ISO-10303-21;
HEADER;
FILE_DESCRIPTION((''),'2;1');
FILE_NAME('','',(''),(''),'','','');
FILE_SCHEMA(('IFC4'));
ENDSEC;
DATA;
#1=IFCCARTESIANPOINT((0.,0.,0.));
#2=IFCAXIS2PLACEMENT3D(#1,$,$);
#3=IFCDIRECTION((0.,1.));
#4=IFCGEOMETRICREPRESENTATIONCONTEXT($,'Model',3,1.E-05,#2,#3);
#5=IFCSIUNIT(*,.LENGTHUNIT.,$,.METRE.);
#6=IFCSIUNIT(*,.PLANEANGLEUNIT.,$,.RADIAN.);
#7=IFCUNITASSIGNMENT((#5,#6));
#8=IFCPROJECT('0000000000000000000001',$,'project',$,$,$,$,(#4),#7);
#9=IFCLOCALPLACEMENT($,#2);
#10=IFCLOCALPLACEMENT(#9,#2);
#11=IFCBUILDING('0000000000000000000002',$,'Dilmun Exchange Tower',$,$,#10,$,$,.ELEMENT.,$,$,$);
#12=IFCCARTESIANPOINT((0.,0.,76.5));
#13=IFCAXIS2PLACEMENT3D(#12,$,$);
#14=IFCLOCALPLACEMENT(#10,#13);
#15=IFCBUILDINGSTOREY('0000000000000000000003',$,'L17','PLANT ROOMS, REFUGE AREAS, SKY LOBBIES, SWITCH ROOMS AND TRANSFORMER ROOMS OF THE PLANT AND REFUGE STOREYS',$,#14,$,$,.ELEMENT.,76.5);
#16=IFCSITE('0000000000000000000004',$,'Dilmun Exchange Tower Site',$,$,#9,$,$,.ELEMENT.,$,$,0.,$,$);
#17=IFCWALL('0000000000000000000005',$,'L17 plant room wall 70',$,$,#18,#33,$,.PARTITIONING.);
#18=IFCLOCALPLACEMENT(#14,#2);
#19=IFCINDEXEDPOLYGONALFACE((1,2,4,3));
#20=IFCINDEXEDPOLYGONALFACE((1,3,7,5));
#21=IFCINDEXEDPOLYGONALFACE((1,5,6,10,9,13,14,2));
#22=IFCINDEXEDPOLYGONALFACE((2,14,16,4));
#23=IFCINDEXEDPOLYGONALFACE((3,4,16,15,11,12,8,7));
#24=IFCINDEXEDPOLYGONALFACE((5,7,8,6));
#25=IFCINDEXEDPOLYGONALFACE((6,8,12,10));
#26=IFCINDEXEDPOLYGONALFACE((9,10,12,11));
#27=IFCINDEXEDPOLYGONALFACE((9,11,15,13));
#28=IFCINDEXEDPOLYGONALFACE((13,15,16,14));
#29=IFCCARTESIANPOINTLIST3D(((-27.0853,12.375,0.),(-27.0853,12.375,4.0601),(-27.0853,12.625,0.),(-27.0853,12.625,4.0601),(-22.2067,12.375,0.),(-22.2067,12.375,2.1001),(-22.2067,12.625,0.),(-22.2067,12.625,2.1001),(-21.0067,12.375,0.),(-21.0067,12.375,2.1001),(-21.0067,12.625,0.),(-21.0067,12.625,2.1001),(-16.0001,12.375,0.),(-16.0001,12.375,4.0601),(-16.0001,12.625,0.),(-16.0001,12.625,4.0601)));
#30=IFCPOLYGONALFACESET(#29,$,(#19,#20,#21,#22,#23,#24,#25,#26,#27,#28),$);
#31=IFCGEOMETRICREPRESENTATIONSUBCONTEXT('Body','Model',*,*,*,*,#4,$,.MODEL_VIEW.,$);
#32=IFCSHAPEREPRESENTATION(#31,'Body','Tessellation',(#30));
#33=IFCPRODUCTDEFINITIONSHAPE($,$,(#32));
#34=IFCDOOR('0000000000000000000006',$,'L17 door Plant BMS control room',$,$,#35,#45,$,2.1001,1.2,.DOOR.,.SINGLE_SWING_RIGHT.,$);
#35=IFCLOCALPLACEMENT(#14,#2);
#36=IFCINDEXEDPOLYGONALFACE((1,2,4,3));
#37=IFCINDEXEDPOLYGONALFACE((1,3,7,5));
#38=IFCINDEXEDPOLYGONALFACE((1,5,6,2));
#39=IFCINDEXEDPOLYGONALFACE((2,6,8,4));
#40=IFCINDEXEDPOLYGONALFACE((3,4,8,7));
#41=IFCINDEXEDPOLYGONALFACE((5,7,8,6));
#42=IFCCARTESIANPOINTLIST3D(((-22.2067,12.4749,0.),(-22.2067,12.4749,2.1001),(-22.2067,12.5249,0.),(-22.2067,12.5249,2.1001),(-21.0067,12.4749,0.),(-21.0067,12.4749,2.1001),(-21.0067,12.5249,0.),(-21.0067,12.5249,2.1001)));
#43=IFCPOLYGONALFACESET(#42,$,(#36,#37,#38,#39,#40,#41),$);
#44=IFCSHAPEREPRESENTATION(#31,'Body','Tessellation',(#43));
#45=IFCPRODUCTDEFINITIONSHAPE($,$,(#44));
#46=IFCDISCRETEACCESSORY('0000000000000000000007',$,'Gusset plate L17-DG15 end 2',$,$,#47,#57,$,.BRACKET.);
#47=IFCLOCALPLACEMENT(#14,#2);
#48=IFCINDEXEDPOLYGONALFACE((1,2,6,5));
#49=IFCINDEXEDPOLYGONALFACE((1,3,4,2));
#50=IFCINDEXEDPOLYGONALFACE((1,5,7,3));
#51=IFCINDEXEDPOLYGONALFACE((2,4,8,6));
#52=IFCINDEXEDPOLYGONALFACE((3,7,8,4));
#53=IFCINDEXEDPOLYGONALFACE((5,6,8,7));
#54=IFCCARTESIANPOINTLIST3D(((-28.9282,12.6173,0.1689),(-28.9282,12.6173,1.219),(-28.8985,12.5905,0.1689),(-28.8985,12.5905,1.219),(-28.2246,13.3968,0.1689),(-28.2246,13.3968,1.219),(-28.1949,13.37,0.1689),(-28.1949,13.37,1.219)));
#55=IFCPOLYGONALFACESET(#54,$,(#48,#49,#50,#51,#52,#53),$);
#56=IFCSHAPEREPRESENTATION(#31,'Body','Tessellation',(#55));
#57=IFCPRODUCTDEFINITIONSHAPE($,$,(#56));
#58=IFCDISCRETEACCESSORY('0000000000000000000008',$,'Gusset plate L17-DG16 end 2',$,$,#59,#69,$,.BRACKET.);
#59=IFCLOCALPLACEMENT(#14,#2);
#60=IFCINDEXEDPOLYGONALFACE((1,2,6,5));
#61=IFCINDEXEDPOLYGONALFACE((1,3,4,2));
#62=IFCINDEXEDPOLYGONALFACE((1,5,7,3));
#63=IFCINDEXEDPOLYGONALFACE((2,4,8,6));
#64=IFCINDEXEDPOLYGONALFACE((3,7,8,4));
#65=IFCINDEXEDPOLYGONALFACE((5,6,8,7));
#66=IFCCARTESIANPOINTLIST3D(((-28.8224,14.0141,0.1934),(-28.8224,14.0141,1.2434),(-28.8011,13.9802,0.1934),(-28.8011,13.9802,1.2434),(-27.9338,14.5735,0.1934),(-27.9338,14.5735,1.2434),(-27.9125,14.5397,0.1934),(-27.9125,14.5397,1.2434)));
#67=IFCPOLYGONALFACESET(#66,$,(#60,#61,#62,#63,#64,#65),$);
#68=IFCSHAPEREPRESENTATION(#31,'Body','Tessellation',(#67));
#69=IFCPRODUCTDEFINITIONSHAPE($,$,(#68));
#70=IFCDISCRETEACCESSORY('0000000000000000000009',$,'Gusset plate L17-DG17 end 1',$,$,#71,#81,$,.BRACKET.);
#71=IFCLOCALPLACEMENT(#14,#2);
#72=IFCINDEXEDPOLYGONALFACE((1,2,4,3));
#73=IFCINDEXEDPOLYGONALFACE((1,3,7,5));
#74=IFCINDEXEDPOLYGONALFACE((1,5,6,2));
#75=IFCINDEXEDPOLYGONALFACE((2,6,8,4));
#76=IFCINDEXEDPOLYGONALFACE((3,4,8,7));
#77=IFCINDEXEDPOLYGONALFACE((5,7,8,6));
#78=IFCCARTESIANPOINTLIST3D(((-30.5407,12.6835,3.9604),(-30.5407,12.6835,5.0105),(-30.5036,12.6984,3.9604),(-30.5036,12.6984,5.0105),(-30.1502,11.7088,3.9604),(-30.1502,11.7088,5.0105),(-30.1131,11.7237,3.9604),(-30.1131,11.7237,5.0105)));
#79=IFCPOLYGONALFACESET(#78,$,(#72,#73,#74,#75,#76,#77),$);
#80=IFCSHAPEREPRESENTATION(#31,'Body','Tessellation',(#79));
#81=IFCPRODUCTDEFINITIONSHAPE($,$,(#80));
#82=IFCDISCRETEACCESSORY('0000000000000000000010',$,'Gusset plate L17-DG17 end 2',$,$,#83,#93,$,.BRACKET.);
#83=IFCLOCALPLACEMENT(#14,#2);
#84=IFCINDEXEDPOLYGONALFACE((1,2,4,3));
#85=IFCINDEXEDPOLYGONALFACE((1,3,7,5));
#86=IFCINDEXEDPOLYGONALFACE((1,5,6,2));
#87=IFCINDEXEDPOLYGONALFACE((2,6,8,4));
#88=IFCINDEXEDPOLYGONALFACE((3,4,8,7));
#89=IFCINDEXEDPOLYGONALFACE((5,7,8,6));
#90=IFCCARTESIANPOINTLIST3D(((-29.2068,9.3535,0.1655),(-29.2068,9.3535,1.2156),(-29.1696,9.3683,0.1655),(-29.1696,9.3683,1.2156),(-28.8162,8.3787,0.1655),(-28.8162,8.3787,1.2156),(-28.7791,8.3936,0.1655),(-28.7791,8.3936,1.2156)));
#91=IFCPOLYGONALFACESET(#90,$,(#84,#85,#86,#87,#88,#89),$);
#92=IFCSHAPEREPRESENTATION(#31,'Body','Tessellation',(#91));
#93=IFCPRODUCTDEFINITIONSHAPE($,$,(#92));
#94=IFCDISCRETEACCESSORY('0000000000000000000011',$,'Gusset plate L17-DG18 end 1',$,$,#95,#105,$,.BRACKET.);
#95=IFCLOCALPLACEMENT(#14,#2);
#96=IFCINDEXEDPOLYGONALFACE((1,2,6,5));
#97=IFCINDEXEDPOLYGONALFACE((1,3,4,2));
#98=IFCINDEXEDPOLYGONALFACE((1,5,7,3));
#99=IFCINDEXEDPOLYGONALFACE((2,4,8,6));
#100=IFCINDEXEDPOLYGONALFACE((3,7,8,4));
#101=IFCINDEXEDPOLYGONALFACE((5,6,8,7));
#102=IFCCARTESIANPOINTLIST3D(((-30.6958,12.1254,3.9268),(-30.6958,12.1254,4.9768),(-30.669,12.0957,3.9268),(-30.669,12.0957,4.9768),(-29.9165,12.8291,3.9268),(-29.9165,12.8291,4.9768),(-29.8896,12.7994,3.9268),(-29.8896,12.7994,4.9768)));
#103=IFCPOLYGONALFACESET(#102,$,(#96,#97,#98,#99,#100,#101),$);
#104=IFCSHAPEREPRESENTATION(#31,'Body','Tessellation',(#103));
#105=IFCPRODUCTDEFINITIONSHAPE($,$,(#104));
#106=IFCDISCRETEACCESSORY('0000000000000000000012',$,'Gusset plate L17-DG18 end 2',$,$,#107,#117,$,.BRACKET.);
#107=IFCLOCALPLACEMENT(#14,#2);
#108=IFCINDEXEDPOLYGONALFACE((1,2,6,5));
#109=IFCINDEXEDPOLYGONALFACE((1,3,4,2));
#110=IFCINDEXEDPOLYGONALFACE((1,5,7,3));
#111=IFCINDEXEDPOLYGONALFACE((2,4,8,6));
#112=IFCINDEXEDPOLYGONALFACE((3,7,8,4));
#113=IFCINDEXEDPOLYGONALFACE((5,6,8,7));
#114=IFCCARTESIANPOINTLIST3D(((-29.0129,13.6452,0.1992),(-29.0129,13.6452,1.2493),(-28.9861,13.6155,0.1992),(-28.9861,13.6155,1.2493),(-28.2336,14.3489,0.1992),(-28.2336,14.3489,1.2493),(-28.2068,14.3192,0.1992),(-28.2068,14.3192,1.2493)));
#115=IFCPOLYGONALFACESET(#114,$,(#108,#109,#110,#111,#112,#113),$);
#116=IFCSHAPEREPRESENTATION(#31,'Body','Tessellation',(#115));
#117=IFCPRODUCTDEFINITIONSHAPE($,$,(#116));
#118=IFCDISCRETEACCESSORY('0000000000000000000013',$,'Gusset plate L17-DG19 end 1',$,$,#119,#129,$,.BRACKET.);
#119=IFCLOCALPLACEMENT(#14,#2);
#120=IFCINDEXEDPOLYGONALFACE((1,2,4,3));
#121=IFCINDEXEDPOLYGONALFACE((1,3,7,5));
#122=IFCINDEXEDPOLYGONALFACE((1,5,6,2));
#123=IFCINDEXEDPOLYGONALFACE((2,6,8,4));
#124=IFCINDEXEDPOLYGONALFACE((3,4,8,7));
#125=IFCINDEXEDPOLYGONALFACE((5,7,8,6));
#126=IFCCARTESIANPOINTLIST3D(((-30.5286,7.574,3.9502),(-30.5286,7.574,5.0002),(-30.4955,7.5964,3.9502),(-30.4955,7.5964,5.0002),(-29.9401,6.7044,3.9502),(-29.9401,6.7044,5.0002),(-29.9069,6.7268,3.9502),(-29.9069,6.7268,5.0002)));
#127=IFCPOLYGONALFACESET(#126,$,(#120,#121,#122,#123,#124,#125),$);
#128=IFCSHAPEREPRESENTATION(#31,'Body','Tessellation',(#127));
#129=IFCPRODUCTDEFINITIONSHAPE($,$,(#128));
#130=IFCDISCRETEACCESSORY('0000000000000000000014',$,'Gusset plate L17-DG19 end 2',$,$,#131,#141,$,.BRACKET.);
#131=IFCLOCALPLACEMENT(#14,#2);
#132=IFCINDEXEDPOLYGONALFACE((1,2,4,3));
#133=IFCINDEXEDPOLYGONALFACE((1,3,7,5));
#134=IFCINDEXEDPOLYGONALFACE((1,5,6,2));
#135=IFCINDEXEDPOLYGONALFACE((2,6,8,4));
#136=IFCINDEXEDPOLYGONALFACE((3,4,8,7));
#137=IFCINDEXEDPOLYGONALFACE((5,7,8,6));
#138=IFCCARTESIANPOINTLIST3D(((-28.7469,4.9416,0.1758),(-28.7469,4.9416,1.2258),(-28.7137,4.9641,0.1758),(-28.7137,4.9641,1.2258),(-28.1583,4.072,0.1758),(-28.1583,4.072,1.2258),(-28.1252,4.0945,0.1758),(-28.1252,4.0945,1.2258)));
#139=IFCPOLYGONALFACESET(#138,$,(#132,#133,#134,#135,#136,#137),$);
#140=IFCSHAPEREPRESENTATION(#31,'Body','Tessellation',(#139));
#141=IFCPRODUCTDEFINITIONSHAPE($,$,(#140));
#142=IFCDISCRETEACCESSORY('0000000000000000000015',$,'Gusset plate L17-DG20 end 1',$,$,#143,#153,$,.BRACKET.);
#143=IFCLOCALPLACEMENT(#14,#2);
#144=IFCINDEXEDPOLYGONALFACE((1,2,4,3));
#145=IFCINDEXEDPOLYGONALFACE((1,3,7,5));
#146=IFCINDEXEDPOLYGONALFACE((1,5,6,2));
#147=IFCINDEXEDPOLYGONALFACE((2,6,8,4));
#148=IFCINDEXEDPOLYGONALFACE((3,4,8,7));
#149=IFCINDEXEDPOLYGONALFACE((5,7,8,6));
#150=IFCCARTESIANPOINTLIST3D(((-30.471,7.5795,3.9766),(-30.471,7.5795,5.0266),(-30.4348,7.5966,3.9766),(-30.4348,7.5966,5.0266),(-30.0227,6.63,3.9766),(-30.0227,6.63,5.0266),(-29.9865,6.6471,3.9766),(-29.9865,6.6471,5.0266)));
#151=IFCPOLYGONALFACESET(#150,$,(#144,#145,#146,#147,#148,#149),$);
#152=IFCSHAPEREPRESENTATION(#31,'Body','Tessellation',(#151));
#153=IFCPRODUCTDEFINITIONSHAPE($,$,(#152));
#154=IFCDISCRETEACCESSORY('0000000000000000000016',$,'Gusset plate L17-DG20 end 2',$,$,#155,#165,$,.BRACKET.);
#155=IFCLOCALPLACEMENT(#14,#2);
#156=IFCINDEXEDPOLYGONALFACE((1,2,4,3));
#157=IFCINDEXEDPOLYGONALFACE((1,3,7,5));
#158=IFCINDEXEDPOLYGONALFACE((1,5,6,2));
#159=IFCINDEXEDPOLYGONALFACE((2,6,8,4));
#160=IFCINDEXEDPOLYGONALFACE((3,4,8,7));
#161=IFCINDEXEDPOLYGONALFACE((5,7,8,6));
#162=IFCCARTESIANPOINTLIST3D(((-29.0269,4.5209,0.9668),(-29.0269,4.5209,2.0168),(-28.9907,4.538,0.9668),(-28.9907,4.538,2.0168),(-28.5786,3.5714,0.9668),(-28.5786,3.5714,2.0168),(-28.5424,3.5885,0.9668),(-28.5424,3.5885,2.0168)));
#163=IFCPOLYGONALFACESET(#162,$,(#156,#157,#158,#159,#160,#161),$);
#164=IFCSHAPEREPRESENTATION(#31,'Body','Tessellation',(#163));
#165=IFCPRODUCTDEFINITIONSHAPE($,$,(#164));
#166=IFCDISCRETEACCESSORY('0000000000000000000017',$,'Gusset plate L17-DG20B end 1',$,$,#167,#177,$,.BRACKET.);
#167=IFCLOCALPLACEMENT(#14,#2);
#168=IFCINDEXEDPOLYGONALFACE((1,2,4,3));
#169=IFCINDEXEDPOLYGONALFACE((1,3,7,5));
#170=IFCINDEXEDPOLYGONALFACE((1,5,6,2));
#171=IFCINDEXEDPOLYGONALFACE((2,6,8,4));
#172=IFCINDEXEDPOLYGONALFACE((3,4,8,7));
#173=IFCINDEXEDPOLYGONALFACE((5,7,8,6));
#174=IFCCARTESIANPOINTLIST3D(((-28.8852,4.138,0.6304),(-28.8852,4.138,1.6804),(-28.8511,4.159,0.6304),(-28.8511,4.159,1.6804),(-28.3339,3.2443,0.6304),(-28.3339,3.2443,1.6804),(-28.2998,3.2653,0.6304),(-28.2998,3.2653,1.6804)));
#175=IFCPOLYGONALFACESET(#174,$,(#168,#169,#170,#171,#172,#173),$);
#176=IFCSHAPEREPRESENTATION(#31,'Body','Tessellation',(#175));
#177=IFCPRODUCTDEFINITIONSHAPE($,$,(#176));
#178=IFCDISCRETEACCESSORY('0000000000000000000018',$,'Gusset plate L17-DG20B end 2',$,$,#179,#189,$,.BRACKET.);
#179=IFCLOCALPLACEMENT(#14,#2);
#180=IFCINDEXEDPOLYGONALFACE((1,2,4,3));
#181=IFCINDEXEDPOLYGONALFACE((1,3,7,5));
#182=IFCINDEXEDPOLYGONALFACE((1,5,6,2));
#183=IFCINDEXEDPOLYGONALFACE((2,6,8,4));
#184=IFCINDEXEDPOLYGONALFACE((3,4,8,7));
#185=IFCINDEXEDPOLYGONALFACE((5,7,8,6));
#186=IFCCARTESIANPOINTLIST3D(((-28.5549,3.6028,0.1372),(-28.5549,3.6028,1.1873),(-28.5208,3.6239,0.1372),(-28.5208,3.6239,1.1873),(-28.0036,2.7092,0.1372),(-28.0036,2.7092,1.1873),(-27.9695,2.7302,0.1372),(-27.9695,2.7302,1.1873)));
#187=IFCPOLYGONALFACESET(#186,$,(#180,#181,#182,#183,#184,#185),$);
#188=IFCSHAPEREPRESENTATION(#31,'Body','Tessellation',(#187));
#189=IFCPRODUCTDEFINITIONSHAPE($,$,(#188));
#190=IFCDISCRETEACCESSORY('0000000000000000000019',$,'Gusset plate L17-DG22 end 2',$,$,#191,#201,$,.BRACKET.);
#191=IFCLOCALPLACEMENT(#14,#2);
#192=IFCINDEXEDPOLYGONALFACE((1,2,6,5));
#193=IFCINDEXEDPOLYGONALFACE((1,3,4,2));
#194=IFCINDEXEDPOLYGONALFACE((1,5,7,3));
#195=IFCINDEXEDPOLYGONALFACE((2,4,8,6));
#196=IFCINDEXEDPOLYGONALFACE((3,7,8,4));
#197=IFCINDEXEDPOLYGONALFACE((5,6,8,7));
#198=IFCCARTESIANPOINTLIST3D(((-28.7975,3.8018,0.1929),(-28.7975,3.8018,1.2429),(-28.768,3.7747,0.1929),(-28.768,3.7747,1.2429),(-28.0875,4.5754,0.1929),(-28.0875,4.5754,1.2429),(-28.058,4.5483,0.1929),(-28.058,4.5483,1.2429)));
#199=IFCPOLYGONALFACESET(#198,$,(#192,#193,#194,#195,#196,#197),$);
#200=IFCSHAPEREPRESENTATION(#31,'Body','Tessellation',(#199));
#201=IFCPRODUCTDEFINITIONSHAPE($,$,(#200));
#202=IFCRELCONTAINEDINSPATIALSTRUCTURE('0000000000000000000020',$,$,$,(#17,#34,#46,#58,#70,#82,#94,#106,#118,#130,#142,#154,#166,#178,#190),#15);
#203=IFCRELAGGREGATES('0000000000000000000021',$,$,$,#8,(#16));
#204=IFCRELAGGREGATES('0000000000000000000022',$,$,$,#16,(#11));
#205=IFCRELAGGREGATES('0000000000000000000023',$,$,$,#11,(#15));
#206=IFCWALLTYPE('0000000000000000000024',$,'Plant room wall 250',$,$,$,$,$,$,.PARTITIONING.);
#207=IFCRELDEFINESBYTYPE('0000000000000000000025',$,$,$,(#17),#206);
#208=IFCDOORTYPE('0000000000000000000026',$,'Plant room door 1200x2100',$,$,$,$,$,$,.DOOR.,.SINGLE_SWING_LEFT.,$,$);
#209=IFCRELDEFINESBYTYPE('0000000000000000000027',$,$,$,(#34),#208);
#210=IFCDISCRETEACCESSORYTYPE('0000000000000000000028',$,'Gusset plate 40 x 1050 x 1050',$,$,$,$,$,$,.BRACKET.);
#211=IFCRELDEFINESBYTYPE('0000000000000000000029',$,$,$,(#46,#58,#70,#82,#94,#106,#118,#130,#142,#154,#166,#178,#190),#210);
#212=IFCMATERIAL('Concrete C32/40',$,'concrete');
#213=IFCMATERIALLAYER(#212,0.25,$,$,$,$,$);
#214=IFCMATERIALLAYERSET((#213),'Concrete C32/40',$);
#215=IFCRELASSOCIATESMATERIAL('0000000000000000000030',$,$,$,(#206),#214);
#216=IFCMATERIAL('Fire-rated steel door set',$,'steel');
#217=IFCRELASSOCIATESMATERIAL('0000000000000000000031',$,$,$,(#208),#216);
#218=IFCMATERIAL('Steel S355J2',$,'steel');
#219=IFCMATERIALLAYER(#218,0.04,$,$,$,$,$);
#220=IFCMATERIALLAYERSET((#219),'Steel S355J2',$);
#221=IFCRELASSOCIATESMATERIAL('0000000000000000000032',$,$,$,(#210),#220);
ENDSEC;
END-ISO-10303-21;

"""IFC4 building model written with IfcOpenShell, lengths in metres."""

from ifc_helpers import new_model, si_unit, direction, frame, frame_2d, origin, origin_2d, place, context, subcontext, project, spatial, rectangle, extrude, material, layer, layer_set, type_object, element, fill, save


model = new_model("IFC4")

# Units and contexts
model_context = context("Model", 3, precision=1e-05, world=origin(), true_north=direction((0.0, 1.0)))
body_context = subcontext(model_context, "Body", "Model", "MODEL_VIEW")
ifc_project = project(units=[si_unit("LENGTHUNIT", "METRE"), si_unit("PLANEANGLEUNIT", "RADIAN")], contexts=[model_context])

# Site, building, storey
site_placement = place(None, origin())
site = spatial("IfcSite", under=ifc_project, at=site_placement, Name="Dilmun Exchange Tower Site", CompositionType="ELEMENT", RefElevation=0.0)
building_placement = place(site_placement, origin())
building = spatial("IfcBuilding", under=site, at=building_placement, Name="Dilmun Exchange Tower", CompositionType="ELEMENT")
storey_placement = place(building_placement, frame((0.0, 0.0, 76.5)))
storey = spatial("IfcBuildingStorey", under=building, at=storey_placement, Name="L17", Description="PLANT ROOMS, REFUGE AREAS, SKY LOBBIES, SWITCH ROOMS AND TRANSFORMER ROOMS OF THE PLANT AND REFUGE STOREYS", CompositionType="ELEMENT", Elevation=76.5)

# Shared definitions
ifc_material_1 = material(Name="Concrete C32/40", Category="concrete")
ifc_layer_1 = layer(ifc_material_1, 0.25)
ifc_layer_set_1 = layer_set([ifc_layer_1], Name="Concrete C32/40")
wall_type = type_object("IfcWallType", Name="Plant room wall 250", PredefinedType="PARTITIONING", material=ifc_layer_set_1)

# Wall, opening, door
wall_1_placement = place(storey_placement, frame((-27.0852, 12.5, 0.0), z_axis=(0.0, 0.0, 1.0), x_axis=(1.0, 0.0, 0.0)))
wall_1 = element("IfcWall", 1, at=wall_1_placement, inside=storey, type_object=wall_type, Name="L17 plant room wall 70", PredefinedType="PARTITIONING", context=body_context, shape_type="SweptSolid", body=[
    extrude(rectangle(XDim=11.0852, YDim=0.25, at=frame_2d((5.5425, 0.0))), origin(), (0.0, 0.0, 1.0), 4.0601),
])
opening_placement = place(wall_1_placement, frame((4.8784, 0.0, 0.0)))
opening = element("IfcOpeningElement", 2, at=opening_placement, cuts=wall_1, PredefinedType="OPENING", context=body_context, shape_type="SweptSolid", body=[
    extrude(rectangle(XDim=1.2, YDim=2.1001, at=frame_2d((0.6001, 1.05))), frame((0.0, 0.135, 0.0), z_axis=(0.0, -1.0, 0.0), x_axis=(1.0, 0.0, 0.0)), (0.0, 0.0, 1.0), 0.27),
])
ifc_material_2 = material(Name="Fire-rated steel door set", Category="steel")
door_type = type_object("IfcDoorType", Name="Plant room door 1200x2100", OperationType="SINGLE_SWING_LEFT", PredefinedType="DOOR", material=ifc_material_2)
door_placement = place(opening_placement, origin())
door = element("IfcDoor", 3, at=door_placement, inside=storey, type_object=door_type, Name="L17 door Plant BMS control room", OperationType="SINGLE_SWING_RIGHT", OverallHeight=2.1001, OverallWidth=1.2, PredefinedType="DOOR", context=body_context, shape_type="SweptSolid", body=[
    extrude(rectangle(XDim=1.2, YDim=2.1001, at=frame_2d((0.6001, 1.05))), frame((0.0, 0.0249, 0.0), z_axis=(0.0, -1.0, 0.0), x_axis=(1.0, 0.0, 0.0)), (0.0, 0.0, 1.0), 0.05),
])
fill(opening, door)

# Discrete accessories
ifc_material_3 = material(Name="Steel S355J2", Category="steel")
ifc_layer_2 = layer(ifc_material_3, 0.04)
ifc_layer_set_2 = layer_set([ifc_layer_2], Name="Steel S355J2")
discrete_accessory_type = type_object("IfcDiscreteAccessoryType", Name="Gusset plate 40 x 1050 x 1050", PredefinedType="BRACKET", material=ifc_layer_set_2)
for number, where, z_axis, x_axis, name in (
    (4, (-28.5615, 12.9937, 0.1689), (0.0, 0.0, 1.0), (-0.670082, -0.742287, 0.0), "Gusset plate L17-DG15 end 2"),
    (5, (-28.3674, 14.2769, 0.1934), (0.0, 0.0, 1.0), (-0.846237, -0.532807, 0.0), "Gusset plate L17-DG16 end 2"),
    (6, (-30.3269, 12.2036, 3.9604), (0.0, 0.0, 1.0), (0.371911, -0.928269, 0.0), "Gusset plate L17-DG17 end 1"),
    (7, (-28.9929, 8.8735, 0.1655), (0.0, 0.0, 1.0), (0.371911, -0.928269, 0.0), "Gusset plate L17-DG17 end 2"),
    (8, (-30.2927, 12.4624, 3.9268), (0.0, 0.0, 1.0), (0.742189, 0.670191, 0.0), "Gusset plate L17-DG18 end 1"),
    (9, (-28.6099, 13.9822, 0.1992), (0.0, 0.0, 1.0), (0.742189, 0.670191, 0.0), "Gusset plate L17-DG18 end 2"),
    (10, (-30.2178, 7.1504, 3.9502), (0.0, 0.0, 1.0), (0.560513, -0.828145, 0.0), "Gusset plate L17-DG19 end 1"),
    (11, (-28.436, 4.5181, 0.1758), (0.0, 0.0, 1.0), (0.560513, -0.828145, 0.0), "Gusset plate L17-DG19 end 2"),
    (12, (-30.2288, 7.1133, 3.9766), (0.0, 0.0, 1.0), (0.426976, -0.904263, 0.0), "Gusset plate L17-DG20 end 1"),
    (13, (-28.7847, 4.0547, 0.9668), (0.0, 0.0, 1.0), (0.426976, -0.904263, 0.0), "Gusset plate L17-DG20 end 2"),
    (14, (-28.5925, 3.7017, 0.6304), (0.0, 0.0, 1.0), (0.525029, -0.851084, 0.0), "Gusset plate L17-DG20B end 1"),
    (15, (-28.2622, 3.1665, 0.1372), (0.0, 0.0, 1.0), (0.525029, -0.851084, 0.0), "Gusset plate L17-DG20B end 2"),
    (16, (-28.4277, 4.175, 0.1929), (0.0, 0.0, 1.0), (0.676124, 0.736788, 0.0), "Gusset plate L17-DG22 end 2"),
):
    element("IfcDiscreteAccessory", number, at=place(storey_placement, frame(where, z_axis=z_axis, x_axis=x_axis)), inside=storey, type_object=discrete_accessory_type, Name=name, PredefinedType="BRACKET", context=body_context, shape_type="SweptSolid", body=[
        extrude(rectangle(XDim=1.05, YDim=0.04, at=origin_2d()), origin(), (0.0, 0.0, 1.0), 1.05),
    ])

save(model, "model.ifc")
